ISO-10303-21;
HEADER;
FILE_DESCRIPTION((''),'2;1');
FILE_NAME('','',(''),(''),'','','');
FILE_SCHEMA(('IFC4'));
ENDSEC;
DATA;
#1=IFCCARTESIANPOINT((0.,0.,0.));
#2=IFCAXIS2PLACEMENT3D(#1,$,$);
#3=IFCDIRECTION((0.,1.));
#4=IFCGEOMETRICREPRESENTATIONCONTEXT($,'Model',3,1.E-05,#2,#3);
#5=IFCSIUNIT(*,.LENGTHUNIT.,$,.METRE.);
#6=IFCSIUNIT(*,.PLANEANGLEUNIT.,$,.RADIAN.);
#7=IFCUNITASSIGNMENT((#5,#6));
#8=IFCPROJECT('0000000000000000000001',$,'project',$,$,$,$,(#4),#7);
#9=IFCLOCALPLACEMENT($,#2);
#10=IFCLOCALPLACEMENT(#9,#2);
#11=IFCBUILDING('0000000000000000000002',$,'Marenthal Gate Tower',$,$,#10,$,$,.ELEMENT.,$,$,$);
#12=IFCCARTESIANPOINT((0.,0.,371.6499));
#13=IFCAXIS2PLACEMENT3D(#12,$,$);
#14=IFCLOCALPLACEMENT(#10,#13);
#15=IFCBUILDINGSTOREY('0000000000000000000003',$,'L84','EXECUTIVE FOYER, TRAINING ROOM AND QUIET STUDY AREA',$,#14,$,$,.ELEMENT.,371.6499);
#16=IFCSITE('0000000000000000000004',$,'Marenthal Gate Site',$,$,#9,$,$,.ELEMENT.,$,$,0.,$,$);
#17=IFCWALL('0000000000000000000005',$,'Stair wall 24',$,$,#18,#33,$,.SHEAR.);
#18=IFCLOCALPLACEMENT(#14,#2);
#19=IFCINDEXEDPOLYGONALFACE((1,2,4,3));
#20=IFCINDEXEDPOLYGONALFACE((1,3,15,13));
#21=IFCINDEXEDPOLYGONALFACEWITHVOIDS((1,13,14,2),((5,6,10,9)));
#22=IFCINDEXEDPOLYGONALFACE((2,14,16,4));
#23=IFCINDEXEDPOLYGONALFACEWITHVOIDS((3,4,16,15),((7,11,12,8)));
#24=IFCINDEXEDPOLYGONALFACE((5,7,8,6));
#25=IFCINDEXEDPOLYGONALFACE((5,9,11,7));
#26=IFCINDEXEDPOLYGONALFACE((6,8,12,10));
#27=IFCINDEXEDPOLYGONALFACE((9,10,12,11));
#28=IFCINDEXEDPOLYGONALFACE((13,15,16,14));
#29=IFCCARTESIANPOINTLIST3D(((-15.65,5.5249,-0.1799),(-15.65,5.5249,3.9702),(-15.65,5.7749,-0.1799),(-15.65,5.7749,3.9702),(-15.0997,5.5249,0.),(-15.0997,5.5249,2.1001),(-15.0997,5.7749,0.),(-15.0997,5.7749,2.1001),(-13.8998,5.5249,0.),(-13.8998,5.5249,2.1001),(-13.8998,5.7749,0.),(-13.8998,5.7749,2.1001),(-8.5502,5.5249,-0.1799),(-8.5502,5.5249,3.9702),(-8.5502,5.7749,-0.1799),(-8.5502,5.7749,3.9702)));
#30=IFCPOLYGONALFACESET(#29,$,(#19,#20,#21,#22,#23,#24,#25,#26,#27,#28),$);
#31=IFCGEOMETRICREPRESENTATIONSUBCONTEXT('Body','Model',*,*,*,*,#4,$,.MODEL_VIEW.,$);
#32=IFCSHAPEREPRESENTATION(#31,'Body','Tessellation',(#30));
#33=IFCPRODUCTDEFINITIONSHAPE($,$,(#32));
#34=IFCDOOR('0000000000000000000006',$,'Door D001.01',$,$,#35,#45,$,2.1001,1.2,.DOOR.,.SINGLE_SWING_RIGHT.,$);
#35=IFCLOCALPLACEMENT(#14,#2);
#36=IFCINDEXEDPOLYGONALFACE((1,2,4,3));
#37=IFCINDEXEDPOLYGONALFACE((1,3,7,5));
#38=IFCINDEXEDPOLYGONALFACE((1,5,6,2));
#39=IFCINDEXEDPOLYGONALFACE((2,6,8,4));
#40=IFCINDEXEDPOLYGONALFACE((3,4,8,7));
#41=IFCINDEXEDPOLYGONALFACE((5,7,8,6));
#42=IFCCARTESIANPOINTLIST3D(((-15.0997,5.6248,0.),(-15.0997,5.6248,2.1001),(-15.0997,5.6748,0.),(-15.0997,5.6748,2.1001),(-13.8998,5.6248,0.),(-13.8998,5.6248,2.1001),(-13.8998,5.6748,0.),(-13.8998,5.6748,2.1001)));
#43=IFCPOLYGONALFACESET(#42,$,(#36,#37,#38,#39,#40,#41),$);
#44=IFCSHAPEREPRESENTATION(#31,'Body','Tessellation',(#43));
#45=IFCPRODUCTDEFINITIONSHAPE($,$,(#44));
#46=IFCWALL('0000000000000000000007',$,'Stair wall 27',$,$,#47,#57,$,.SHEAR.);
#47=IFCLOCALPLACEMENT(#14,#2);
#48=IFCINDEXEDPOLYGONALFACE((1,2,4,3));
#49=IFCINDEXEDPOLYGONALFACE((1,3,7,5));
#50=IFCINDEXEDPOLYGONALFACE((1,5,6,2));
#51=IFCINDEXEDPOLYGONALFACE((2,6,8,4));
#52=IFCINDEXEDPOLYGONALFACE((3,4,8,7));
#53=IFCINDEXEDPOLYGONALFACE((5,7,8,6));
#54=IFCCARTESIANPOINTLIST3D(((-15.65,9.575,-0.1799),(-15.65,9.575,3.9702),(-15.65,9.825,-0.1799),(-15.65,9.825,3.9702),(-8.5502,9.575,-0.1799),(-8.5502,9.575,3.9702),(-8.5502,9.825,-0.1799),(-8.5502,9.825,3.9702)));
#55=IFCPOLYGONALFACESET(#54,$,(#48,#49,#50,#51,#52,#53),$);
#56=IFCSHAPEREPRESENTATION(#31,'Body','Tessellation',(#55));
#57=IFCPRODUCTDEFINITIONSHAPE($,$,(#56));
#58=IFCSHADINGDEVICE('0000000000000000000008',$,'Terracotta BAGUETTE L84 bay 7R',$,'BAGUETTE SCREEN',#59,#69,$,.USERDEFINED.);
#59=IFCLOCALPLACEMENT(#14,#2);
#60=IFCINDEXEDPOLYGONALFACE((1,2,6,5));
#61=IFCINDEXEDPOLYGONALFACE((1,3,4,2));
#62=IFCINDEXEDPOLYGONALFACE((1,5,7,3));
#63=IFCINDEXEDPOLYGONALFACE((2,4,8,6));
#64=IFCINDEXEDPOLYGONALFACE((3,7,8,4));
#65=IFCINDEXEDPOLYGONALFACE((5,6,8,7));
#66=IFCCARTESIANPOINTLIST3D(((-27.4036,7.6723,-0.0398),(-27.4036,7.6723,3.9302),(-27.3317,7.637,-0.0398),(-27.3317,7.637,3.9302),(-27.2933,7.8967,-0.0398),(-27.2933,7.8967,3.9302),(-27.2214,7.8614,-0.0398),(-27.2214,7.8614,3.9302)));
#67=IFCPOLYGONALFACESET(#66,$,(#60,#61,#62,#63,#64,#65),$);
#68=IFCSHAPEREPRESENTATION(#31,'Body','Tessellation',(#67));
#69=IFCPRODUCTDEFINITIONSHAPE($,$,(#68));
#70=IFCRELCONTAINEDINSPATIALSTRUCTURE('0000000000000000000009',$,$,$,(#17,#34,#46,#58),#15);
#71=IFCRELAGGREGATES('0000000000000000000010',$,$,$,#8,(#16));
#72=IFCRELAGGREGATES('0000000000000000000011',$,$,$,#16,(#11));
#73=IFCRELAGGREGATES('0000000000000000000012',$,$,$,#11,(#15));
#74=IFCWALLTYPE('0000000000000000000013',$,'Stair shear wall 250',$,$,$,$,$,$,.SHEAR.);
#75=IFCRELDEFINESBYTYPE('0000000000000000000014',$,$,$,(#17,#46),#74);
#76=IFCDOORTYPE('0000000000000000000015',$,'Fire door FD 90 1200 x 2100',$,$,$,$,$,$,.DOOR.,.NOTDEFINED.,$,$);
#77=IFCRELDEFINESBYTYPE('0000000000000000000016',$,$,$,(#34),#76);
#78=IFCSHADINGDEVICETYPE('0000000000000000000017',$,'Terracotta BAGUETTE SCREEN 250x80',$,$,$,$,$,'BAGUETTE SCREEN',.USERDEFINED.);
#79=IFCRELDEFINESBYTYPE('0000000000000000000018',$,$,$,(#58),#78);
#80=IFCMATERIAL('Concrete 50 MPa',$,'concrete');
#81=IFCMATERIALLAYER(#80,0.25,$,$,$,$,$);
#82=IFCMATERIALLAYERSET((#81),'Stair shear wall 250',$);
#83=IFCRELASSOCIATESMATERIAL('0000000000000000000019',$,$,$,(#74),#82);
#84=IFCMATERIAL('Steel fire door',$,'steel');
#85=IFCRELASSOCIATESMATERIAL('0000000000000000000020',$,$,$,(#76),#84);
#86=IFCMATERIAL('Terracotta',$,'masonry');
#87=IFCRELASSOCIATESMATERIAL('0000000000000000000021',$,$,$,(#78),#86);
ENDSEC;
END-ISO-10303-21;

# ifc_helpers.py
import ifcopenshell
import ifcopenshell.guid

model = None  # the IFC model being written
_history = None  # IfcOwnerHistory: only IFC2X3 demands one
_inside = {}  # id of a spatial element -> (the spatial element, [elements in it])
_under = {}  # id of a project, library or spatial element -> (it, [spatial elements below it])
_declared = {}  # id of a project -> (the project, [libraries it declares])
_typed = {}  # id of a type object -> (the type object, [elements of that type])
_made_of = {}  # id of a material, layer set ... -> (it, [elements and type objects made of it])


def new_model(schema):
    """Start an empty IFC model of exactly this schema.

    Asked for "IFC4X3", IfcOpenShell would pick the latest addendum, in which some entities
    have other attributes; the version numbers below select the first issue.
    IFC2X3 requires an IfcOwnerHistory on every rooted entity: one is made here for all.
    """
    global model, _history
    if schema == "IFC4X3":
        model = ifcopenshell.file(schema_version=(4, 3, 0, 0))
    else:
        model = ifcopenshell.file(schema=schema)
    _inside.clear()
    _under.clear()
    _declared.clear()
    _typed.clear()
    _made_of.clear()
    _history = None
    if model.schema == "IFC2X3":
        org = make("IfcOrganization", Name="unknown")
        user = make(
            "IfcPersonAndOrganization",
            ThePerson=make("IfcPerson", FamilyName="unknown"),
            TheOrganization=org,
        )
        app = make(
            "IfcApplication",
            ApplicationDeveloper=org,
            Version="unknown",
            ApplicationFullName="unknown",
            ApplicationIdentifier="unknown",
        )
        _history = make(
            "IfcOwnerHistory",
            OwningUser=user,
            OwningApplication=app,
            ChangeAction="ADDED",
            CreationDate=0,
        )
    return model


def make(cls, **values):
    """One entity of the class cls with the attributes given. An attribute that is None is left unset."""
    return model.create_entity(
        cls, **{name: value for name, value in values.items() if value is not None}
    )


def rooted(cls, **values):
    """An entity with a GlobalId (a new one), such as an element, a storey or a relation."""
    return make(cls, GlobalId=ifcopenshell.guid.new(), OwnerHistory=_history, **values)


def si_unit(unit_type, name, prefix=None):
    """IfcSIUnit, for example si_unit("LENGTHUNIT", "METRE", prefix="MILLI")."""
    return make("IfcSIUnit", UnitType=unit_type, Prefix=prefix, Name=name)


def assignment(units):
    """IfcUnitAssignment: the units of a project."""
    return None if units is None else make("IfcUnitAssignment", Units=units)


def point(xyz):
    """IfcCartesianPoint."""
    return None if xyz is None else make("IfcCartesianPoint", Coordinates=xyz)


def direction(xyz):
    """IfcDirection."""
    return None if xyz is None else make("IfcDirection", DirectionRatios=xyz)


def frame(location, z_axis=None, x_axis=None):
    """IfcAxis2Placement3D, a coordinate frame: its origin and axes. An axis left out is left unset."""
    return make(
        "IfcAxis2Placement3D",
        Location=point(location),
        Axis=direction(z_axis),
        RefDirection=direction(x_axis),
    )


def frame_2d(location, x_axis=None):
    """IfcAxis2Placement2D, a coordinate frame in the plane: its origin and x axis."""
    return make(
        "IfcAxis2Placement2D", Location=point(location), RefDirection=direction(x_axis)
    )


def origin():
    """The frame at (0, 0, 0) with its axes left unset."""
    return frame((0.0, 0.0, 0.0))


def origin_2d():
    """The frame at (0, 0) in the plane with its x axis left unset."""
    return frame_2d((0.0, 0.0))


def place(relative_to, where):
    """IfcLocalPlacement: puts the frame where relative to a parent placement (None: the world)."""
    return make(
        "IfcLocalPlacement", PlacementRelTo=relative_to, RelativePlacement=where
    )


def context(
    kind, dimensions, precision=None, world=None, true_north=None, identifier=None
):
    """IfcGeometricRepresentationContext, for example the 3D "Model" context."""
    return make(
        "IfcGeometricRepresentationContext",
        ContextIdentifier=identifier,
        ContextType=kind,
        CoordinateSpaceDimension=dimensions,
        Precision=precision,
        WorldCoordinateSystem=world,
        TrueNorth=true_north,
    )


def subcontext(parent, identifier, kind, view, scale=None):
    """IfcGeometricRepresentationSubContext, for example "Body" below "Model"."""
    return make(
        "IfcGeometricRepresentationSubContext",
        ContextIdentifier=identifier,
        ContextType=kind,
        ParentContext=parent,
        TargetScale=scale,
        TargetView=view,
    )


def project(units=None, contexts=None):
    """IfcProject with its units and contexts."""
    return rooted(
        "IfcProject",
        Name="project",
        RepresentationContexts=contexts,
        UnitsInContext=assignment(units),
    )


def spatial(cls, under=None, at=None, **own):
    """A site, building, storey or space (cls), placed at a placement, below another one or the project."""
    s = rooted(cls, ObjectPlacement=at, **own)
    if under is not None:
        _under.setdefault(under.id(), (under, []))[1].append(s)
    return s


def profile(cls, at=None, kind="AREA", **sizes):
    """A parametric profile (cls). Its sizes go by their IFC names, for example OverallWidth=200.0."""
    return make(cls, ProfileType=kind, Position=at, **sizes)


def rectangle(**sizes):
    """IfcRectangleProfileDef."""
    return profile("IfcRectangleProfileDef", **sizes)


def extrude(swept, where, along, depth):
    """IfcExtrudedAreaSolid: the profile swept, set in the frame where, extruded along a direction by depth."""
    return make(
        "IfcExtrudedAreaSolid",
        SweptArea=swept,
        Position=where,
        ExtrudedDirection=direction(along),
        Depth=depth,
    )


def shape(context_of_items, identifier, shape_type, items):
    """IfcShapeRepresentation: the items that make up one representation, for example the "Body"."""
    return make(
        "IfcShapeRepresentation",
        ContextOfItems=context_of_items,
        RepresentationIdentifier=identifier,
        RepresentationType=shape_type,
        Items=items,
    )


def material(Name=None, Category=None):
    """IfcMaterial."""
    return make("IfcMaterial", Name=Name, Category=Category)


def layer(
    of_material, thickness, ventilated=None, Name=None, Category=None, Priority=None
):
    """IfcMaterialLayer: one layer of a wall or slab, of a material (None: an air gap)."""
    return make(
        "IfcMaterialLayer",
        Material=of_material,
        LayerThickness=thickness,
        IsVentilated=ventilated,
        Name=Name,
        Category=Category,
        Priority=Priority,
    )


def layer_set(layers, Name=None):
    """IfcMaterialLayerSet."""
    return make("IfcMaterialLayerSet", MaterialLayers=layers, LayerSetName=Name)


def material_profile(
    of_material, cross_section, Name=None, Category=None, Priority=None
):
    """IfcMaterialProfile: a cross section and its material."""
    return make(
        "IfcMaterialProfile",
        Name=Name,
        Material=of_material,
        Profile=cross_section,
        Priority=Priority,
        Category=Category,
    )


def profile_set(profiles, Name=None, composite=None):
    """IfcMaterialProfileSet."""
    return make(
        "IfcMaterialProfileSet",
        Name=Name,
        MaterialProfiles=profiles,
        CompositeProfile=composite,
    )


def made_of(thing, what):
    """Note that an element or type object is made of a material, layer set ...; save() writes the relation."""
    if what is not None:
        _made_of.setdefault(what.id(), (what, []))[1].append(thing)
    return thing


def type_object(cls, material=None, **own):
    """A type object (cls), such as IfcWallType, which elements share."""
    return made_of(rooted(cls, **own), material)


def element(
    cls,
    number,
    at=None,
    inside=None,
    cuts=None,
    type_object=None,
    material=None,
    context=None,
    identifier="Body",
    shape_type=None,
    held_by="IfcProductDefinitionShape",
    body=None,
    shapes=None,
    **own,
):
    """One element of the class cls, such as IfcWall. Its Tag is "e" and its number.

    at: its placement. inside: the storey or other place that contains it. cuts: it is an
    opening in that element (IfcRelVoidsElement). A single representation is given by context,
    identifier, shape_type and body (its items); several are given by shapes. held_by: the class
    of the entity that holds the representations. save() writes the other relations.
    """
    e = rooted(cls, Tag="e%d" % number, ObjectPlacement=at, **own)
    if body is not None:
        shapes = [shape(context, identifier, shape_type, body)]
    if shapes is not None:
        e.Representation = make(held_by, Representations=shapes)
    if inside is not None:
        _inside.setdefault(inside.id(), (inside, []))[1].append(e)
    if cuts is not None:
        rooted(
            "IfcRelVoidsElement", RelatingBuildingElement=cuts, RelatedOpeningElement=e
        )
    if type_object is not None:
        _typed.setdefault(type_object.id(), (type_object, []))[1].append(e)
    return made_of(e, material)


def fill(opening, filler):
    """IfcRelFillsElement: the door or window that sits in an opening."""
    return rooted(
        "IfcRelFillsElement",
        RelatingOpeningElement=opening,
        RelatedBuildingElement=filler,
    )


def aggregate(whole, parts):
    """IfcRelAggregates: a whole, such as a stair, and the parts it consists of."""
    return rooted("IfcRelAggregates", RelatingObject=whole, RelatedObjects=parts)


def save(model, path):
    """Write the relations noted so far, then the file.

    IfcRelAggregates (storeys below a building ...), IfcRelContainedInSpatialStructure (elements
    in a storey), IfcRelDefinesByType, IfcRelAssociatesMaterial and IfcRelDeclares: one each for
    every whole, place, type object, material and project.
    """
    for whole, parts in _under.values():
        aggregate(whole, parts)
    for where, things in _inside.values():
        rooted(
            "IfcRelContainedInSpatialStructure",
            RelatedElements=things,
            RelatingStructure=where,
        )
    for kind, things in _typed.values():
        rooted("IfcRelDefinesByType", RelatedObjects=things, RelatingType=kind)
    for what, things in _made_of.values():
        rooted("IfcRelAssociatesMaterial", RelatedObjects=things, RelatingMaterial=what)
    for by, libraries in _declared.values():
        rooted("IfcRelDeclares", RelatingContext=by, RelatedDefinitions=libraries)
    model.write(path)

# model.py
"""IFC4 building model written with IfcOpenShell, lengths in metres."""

from ifc_helpers import new_model, si_unit, direction, frame, frame_2d, origin, origin_2d, place, context, subcontext, project, spatial, rectangle, extrude, material, layer, layer_set, material_profile, profile_set, type_object, element, fill, save


model = new_model("IFC4")

# Units and contexts
model_context = context("Model", 3, precision=1e-05, world=origin(), true_north=direction((0.0, 1.0)))
body_context = subcontext(model_context, "Body", "Model", "MODEL_VIEW")
ifc_project = project(units=[si_unit("LENGTHUNIT", "METRE"), si_unit("PLANEANGLEUNIT", "RADIAN")], contexts=[model_context])

# Site, building, storey
site_placement = place(None, origin())
site = spatial("IfcSite", under=ifc_project, at=site_placement, Name="Marenthal Gate Site", CompositionType="ELEMENT", RefElevation=0.0)
building_placement = place(site_placement, origin())
building = spatial("IfcBuilding", under=site, at=building_placement, Name="Marenthal Gate Tower", CompositionType="ELEMENT")
storey_placement = place(building_placement, frame((0.0, 0.0, 371.6499)))
storey = spatial("IfcBuildingStorey", under=building, at=storey_placement, Name="L84", Description="EXECUTIVE FOYER, TRAINING ROOM AND QUIET STUDY AREA", CompositionType="ELEMENT", Elevation=371.6499)

# Wall, opening, door
ifc_material_1 = material(Name="Concrete 50 MPa", Category="concrete")
ifc_layer_1 = layer(ifc_material_1, 0.25)
ifc_layer_set_1 = layer_set([ifc_layer_1], Name="Stair shear wall 250")
wall_type_1 = type_object("IfcWallType", Name="Stair shear wall 250", PredefinedType="SHEAR", material=ifc_layer_set_1)
wall_1_placement = place(storey_placement, frame((-15.6499, 5.6499, -0.1799), z_axis=(0.0, 0.0, 1.0), x_axis=(1.0, 0.0, 0.0)))
wall_1 = element("IfcWall", 1, at=wall_1_placement, inside=storey, type_object=wall_type_1, Name="Stair wall 24", PredefinedType="SHEAR", context=body_context, shape_type="SweptSolid", body=[
    extrude(rectangle(XDim=7.0999, YDim=0.25, at=frame_2d((3.5498, 0.0))), origin(), (0.0, 0.0, 1.0), 4.1501),
])
opening_placement = place(wall_1_placement, frame((0.55, 0.0, 0.1799)))
opening = element("IfcOpeningElement", 2, at=opening_placement, cuts=wall_1, PredefinedType="OPENING", context=body_context, shape_type="SweptSolid", body=[
    extrude(rectangle(XDim=1.2, YDim=2.1001, at=frame_2d((0.6001, 1.05))), frame((0.0, 0.135, 0.0), z_axis=(0.0, -1.0, 0.0), x_axis=(1.0, 0.0, 0.0)), (0.0, 0.0, 1.0), 0.27),
])
ifc_material_2 = material(Name="Steel fire door", Category="steel")
door_type = type_object("IfcDoorType", Name="Fire door FD 90 1200 x 2100", OperationType="NOTDEFINED", PredefinedType="DOOR", material=ifc_material_2)
door_placement = place(opening_placement, origin())
door = element("IfcDoor", 3, at=door_placement, inside=storey, type_object=door_type, Name="Door D001.01", OperationType="SINGLE_SWING_RIGHT", OverallHeight=2.1001, OverallWidth=1.2, PredefinedType="DOOR", context=body_context, shape_type="SweptSolid", body=[
    extrude(rectangle(XDim=1.2, YDim=2.1001, at=frame_2d((0.6001, 1.05))), frame((0.0, 0.0249, 0.0), z_axis=(0.0, -1.0, 0.0), x_axis=(1.0, 0.0, 0.0)), (0.0, 0.0, 1.0), 0.05),
])
fill(opening, door)

# Wall
wall_2_placement = place(storey_placement, frame((-15.6499, 9.7, -0.1799), z_axis=(0.0, 0.0, 1.0), x_axis=(1.0, 0.0, 0.0)))
element("IfcWall", 4, at=wall_2_placement, inside=storey, type_object=wall_type_1, Name="Stair wall 27", PredefinedType="SHEAR", context=body_context, shape_type="SweptSolid", body=[
    extrude(rectangle(XDim=7.0999, YDim=0.25, at=frame_2d((3.5498, 0.0))), origin(), (0.0, 0.0, 1.0), 4.1501),
])

# Shading device
ifc_material_3 = material(Name="Terracotta", Category="masonry")
ifc_material_profile_1 = material_profile(ifc_material_3, rectangle(XDim=0.25, YDim=0.0801, at=origin_2d()), Name="Terracotta baguette 250x80")
ifc_profile_set_1 = profile_set([ifc_material_profile_1], Name="Terracotta")
shading_device_type = type_object("IfcShadingDeviceType", Name="Terracotta BAGUETTE SCREEN 250x80", ElementType="BAGUETTE SCREEN", PredefinedType="USERDEFINED", material=ifc_profile_set_1)
shading_device_placement = place(storey_placement, frame((-27.3125, 7.7668, -0.0398), z_axis=(0.0, 0.0, 1.0), x_axis=(-0.440939, -0.897537, 0.0)))
element("IfcShadingDevice", 5, at=shading_device_placement, inside=storey, type_object=shading_device_type, Name="Terracotta BAGUETTE L84 bay 7R", ObjectType="BAGUETTE SCREEN", PredefinedType="USERDEFINED", context=body_context, shape_type="SweptSolid", body=[
    extrude(rectangle(XDim=0.25, YDim=0.0801, at=origin_2d()), origin(), (0.0, 0.0, 1.0), 3.97),
])

save(model, "model.ifc")
